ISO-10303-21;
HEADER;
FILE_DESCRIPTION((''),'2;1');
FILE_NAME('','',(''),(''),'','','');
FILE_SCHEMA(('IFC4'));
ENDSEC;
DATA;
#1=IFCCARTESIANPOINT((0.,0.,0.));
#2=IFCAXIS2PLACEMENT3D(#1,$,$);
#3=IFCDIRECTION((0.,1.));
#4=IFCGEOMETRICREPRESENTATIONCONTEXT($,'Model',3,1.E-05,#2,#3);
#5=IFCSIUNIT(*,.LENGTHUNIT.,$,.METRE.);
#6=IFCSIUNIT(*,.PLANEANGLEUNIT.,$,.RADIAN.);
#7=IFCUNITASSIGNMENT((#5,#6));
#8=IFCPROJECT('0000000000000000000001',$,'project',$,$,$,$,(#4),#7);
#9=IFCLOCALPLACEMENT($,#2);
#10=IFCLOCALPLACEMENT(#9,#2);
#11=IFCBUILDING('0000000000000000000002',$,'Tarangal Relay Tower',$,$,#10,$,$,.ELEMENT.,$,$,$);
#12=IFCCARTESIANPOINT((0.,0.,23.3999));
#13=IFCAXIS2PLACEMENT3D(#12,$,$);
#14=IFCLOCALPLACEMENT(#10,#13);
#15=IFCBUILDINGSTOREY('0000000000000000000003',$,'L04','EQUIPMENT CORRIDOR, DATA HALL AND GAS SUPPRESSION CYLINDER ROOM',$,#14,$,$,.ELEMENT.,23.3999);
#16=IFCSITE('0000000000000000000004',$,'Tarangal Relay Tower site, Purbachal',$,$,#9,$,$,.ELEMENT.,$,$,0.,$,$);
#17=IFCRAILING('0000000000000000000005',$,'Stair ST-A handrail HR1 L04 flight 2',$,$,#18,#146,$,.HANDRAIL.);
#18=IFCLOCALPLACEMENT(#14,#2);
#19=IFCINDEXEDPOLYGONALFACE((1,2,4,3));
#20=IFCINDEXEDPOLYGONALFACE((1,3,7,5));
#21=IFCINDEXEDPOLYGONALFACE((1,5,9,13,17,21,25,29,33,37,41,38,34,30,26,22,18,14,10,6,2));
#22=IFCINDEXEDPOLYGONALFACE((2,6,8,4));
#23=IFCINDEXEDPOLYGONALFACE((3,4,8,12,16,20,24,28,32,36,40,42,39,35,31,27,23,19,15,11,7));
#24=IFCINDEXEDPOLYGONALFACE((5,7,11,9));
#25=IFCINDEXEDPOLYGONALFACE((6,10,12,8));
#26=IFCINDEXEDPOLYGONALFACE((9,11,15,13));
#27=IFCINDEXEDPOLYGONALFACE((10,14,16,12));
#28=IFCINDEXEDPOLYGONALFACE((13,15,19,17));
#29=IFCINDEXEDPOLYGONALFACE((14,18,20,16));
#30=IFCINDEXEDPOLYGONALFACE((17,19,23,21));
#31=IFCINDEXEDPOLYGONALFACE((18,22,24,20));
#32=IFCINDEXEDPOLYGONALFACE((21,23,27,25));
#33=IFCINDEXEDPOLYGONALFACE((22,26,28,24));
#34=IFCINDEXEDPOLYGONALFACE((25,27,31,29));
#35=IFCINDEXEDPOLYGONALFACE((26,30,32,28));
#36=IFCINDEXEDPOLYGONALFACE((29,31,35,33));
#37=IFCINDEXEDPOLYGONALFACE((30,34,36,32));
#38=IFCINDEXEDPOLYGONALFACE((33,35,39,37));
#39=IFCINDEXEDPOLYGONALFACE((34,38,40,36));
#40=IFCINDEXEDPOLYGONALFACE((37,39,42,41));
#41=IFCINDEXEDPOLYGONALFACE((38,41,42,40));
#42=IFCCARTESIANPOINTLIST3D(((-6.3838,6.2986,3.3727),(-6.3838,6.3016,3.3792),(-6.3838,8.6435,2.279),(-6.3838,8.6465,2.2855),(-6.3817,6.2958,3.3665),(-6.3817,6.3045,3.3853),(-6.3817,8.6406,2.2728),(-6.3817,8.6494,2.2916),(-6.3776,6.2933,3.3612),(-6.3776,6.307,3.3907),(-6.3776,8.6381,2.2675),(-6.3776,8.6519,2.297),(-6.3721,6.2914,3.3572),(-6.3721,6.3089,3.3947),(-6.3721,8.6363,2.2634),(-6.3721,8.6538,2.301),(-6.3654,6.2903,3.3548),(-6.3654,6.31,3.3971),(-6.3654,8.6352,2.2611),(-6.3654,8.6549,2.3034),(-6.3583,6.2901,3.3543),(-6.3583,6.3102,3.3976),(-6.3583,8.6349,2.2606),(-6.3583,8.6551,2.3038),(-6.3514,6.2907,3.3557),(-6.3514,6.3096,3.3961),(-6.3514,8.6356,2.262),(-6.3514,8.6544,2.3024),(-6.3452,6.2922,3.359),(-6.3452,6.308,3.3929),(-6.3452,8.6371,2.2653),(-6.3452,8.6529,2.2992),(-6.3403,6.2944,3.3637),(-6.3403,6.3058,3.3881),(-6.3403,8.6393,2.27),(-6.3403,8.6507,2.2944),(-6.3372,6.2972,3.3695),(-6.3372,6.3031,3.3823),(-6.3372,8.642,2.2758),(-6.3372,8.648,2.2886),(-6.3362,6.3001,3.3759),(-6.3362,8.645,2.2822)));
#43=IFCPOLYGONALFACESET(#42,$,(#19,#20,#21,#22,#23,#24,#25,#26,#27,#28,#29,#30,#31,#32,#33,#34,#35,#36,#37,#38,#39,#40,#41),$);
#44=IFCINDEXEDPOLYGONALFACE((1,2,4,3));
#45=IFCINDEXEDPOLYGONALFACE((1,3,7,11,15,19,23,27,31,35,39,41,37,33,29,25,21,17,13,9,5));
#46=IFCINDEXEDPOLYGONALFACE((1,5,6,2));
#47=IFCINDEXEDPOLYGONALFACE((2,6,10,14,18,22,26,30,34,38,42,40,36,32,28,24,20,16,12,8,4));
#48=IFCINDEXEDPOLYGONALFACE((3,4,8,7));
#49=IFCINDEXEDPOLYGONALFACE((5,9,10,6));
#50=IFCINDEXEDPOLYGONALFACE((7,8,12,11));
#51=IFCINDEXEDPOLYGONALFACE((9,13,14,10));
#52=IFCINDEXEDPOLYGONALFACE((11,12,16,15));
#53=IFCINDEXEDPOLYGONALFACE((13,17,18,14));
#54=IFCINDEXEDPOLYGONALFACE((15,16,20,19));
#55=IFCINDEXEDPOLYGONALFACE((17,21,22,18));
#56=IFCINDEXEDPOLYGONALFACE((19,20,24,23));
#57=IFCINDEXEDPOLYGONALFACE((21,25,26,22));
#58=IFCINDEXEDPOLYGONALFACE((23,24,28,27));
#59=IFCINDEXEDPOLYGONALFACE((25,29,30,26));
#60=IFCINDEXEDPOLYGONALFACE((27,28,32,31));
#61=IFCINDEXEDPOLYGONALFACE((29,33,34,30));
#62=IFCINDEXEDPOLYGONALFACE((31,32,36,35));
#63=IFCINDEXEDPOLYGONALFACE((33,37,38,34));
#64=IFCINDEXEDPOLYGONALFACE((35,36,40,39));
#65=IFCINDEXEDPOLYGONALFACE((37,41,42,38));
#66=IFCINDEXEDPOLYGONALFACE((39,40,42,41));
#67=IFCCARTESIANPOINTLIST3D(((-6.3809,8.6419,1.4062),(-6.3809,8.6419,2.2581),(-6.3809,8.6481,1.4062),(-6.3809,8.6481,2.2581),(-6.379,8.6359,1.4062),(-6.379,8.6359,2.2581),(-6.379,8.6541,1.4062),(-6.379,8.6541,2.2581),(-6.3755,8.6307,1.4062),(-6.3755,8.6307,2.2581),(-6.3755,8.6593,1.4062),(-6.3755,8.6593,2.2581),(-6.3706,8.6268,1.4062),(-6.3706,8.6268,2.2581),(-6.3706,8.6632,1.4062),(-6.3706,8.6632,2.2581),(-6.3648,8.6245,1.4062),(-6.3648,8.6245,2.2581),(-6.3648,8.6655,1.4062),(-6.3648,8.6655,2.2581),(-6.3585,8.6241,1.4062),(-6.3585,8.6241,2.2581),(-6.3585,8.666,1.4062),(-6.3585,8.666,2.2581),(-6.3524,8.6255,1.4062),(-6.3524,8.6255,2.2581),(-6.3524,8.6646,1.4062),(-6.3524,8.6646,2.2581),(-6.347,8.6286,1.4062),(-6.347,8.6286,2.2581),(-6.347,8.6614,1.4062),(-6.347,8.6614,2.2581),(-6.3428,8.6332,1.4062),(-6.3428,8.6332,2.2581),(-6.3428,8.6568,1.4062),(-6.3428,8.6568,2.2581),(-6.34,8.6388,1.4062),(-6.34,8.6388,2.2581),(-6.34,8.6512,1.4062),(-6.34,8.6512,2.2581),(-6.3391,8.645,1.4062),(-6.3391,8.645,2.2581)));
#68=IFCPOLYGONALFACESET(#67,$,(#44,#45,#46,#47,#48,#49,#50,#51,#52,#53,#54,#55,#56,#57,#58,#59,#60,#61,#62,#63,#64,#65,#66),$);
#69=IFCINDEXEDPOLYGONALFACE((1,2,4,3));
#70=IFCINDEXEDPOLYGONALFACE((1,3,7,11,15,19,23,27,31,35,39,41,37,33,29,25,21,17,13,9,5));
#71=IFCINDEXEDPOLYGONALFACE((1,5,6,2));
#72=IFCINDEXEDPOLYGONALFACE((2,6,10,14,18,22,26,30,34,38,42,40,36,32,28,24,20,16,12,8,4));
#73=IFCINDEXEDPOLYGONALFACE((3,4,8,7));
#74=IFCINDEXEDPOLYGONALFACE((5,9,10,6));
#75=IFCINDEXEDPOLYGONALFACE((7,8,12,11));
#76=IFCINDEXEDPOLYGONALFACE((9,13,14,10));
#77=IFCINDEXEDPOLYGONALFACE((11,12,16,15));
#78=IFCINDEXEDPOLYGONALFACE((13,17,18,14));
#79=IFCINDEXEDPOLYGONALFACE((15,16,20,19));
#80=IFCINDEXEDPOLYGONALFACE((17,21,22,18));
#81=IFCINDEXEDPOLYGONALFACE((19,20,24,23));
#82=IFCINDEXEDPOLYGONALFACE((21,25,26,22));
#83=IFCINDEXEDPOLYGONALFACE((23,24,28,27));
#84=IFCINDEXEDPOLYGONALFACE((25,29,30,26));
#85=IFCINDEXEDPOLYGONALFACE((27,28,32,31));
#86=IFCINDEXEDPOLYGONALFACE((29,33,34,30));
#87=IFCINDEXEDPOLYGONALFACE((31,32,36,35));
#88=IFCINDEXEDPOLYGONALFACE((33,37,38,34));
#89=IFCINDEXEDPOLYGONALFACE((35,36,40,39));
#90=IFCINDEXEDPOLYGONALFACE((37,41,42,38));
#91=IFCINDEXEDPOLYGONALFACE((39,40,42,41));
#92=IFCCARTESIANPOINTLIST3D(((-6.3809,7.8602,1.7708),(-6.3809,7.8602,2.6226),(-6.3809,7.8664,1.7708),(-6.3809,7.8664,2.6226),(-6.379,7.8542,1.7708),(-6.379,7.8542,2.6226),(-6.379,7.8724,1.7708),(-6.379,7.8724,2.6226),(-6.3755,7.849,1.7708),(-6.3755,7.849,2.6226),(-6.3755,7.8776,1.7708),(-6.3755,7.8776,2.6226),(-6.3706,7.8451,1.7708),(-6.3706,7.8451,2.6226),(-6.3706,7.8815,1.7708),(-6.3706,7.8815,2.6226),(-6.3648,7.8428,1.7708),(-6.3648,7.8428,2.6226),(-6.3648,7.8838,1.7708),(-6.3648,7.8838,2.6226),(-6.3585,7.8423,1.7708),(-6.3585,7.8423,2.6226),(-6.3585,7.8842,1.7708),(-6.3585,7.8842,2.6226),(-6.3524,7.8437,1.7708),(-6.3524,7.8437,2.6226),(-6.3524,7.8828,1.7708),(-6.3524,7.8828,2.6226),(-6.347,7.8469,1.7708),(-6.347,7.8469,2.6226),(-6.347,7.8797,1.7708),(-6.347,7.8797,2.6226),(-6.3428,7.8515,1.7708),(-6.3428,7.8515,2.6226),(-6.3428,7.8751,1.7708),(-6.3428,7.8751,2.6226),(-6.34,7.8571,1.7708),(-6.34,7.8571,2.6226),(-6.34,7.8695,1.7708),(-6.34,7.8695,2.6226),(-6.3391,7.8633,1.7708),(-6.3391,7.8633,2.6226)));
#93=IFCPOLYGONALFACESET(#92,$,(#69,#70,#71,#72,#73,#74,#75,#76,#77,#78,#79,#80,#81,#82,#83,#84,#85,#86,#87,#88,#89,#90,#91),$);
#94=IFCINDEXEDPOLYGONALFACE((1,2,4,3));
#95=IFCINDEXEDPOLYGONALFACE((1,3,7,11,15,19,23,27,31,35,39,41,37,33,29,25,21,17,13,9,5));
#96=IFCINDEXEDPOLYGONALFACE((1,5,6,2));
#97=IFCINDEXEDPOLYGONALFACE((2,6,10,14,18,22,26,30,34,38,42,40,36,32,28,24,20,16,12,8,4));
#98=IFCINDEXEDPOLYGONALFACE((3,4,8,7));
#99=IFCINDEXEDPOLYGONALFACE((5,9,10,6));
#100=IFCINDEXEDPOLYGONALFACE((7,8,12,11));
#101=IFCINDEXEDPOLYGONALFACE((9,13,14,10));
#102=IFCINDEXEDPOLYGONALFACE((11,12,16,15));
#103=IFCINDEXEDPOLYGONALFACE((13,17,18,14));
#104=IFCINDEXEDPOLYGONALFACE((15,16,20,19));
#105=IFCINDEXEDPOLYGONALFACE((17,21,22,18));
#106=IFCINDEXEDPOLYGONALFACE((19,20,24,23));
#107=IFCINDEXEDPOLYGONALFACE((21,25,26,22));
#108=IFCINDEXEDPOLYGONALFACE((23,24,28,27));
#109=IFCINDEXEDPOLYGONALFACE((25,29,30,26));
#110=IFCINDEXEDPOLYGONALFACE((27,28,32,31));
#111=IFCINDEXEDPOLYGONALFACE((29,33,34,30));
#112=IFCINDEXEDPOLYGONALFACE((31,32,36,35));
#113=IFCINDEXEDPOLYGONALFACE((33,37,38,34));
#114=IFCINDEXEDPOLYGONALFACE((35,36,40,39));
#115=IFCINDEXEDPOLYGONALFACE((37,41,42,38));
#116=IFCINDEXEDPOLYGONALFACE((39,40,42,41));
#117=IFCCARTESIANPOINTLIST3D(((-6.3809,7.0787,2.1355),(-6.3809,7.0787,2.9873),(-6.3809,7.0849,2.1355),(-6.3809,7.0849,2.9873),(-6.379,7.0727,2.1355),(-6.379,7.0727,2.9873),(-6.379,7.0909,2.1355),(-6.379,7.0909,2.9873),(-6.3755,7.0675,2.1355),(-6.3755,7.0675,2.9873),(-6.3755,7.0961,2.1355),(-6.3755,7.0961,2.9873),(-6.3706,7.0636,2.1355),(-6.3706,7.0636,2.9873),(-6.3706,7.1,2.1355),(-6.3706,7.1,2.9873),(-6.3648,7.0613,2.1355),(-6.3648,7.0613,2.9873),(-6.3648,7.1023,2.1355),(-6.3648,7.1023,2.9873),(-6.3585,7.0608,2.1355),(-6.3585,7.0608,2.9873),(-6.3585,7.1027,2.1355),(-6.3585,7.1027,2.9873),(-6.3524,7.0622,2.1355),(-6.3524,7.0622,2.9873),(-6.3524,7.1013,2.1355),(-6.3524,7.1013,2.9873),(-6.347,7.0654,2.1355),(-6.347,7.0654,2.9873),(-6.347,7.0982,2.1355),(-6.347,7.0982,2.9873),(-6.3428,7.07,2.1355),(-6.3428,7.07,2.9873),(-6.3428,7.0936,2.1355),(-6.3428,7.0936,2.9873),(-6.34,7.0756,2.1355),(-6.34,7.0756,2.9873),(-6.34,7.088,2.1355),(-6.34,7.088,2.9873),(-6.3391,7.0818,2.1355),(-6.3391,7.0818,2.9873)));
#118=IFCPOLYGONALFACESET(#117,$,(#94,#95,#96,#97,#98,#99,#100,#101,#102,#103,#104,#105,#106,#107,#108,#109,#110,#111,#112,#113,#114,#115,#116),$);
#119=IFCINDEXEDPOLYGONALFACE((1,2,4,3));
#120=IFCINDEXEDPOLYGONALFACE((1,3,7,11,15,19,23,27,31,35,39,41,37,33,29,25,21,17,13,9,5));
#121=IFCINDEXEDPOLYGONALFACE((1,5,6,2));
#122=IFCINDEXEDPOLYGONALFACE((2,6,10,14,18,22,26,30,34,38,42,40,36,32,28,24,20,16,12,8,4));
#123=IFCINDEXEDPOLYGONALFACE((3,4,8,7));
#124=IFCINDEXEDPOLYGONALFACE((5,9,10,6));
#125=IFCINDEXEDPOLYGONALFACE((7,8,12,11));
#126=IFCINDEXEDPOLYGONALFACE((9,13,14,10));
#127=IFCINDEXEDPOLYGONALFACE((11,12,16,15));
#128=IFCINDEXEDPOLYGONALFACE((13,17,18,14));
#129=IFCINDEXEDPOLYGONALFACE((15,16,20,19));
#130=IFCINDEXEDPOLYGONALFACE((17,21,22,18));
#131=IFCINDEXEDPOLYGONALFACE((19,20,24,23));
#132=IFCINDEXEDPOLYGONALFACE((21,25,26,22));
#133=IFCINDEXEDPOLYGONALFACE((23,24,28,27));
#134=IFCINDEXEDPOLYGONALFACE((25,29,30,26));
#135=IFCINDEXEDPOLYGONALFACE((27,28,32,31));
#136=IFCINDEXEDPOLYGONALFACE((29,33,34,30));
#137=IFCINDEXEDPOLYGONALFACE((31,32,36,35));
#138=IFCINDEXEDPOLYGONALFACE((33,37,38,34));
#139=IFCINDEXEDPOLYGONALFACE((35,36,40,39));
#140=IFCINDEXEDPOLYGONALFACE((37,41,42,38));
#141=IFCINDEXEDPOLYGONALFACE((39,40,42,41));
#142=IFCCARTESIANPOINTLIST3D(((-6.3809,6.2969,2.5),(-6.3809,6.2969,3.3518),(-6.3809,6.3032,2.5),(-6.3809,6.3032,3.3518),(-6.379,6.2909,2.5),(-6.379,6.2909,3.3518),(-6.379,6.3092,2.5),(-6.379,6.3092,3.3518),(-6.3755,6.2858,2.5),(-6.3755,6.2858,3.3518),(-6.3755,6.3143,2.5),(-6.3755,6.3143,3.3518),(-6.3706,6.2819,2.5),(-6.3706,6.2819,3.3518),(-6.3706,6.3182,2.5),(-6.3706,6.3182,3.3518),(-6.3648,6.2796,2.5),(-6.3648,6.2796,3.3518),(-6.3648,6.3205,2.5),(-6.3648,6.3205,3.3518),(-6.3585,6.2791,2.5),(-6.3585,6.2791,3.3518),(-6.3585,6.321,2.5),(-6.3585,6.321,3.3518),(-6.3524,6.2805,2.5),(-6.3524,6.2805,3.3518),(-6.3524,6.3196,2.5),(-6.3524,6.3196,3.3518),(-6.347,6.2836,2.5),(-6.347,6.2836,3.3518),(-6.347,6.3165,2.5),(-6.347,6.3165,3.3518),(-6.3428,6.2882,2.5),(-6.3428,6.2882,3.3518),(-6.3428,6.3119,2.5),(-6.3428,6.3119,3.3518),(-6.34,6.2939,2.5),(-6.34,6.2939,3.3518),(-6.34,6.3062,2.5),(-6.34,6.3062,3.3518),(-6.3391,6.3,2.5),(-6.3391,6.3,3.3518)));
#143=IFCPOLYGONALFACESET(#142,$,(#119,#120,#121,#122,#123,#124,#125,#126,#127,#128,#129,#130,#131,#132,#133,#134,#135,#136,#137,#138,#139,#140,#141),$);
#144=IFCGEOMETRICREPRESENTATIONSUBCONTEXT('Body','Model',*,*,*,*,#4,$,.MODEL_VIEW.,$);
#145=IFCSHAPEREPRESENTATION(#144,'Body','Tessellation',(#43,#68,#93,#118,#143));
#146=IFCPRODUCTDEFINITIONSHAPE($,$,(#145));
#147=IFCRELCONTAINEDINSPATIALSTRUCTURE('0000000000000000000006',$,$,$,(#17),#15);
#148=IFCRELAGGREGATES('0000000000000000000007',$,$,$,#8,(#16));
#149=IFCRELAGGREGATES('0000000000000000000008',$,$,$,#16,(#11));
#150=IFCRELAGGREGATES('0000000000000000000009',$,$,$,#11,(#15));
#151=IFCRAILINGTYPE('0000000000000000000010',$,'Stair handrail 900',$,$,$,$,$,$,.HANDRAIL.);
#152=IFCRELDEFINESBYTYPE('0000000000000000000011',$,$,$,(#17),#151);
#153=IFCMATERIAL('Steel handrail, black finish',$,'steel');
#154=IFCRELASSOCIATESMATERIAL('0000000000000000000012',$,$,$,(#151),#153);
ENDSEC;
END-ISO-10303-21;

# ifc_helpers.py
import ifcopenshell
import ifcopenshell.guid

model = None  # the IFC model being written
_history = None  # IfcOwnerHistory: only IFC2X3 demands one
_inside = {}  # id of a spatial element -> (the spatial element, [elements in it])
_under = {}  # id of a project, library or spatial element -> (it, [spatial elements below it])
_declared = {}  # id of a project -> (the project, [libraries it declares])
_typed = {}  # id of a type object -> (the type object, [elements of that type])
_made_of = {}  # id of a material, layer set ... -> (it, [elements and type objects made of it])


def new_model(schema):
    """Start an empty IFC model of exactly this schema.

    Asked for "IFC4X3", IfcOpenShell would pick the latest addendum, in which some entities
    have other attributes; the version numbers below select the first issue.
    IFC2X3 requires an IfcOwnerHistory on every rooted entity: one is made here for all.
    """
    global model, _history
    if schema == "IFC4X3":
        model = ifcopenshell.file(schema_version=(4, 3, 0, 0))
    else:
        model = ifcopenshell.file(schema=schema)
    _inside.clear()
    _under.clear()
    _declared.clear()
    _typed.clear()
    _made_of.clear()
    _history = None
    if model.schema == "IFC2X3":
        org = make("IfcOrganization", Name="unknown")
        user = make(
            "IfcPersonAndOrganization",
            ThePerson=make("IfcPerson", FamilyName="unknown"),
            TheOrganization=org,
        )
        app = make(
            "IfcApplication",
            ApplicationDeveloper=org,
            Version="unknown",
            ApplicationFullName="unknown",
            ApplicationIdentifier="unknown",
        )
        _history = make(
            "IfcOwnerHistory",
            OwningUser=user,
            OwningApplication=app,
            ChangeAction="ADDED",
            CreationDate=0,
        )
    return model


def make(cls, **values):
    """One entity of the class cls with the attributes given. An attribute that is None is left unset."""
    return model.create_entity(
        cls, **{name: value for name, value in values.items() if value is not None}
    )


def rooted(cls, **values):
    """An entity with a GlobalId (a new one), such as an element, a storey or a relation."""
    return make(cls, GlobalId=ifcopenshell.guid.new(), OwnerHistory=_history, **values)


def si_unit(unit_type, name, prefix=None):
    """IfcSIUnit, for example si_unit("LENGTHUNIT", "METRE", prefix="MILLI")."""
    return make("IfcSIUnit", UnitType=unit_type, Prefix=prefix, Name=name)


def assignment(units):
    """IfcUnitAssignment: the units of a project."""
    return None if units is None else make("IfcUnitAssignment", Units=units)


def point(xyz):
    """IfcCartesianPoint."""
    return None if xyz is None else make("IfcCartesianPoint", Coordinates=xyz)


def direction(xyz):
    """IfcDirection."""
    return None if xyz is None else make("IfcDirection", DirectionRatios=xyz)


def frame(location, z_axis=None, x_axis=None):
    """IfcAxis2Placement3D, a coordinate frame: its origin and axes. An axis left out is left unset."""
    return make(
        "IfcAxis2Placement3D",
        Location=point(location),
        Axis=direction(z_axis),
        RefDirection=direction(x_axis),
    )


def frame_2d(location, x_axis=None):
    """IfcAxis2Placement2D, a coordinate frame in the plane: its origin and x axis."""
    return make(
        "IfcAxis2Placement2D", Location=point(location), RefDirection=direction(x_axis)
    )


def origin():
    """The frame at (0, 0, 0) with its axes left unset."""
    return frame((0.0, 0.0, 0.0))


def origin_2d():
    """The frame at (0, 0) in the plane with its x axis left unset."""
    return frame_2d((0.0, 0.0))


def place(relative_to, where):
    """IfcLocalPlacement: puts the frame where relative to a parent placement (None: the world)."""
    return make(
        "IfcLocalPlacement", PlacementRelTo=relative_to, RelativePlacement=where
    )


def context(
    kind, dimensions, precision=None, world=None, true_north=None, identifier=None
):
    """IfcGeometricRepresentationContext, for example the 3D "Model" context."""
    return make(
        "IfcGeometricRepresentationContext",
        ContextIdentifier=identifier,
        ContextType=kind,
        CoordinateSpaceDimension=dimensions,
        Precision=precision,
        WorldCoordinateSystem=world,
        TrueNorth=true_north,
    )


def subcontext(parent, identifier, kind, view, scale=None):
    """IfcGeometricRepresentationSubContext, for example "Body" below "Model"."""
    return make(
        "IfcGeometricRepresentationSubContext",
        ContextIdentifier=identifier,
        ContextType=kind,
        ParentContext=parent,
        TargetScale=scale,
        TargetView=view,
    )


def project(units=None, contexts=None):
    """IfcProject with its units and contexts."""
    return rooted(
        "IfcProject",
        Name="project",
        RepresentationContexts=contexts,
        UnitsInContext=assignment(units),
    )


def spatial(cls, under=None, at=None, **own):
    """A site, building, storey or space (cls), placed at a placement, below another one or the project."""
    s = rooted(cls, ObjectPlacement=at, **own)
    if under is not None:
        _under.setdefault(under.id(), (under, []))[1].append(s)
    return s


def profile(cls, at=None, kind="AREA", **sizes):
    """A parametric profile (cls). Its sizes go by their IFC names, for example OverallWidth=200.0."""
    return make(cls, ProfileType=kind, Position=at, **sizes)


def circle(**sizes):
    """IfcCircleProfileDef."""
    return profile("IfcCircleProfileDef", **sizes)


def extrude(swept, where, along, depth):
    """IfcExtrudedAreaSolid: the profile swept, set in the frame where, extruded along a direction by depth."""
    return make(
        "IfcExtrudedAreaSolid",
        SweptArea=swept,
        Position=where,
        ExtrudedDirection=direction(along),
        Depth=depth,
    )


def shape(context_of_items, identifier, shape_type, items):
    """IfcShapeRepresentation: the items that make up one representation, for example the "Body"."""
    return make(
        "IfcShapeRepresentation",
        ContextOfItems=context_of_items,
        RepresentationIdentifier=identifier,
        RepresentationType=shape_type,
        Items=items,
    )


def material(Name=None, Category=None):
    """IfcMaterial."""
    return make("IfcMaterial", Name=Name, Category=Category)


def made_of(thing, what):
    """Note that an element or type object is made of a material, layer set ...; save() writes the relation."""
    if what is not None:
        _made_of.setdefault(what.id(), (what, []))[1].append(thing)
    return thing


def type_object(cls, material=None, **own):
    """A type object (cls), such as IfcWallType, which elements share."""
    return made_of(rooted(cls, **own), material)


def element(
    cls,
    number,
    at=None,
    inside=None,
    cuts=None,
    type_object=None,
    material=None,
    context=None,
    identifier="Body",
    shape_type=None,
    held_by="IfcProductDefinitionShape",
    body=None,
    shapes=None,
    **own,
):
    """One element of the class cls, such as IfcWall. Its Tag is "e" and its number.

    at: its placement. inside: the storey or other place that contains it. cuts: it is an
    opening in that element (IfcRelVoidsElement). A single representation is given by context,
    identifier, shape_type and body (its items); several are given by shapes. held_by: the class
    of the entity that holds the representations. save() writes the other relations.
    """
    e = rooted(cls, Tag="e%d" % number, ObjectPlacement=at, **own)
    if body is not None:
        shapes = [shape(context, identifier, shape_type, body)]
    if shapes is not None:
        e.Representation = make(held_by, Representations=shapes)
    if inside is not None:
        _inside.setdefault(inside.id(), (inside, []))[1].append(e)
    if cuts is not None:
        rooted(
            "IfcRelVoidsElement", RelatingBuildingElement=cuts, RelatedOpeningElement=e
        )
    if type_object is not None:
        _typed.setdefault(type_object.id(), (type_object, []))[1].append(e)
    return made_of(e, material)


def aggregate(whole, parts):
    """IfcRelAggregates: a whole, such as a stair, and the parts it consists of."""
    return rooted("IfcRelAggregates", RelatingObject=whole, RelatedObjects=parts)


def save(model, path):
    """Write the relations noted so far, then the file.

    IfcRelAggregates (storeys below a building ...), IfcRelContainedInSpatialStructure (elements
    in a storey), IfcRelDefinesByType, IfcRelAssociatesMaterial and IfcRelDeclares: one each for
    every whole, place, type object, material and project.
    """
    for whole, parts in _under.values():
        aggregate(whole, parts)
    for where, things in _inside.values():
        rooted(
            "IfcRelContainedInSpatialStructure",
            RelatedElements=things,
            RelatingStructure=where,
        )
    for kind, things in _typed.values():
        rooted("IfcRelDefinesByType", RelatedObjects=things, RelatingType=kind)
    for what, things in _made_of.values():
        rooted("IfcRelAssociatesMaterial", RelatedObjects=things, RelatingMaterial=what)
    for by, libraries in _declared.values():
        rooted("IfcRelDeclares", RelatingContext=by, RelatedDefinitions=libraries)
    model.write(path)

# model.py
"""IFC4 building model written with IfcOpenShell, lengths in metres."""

from ifc_helpers import new_model, si_unit, direction, frame, origin, origin_2d, place, context, subcontext, project, spatial, circle, extrude, material, type_object, element, save


model = new_model("IFC4")

# Units and contexts
model_context = context("Model", 3, precision=1e-05, world=origin(), true_north=direction((0.0, 1.0)))
body_context = subcontext(model_context, "Body", "Model", "MODEL_VIEW")
ifc_project = project(units=[si_unit("LENGTHUNIT", "METRE"), si_unit("PLANEANGLEUNIT", "RADIAN")], contexts=[model_context])

# Site, building, storey
site_placement = place(None, origin())
site = spatial("IfcSite", under=ifc_project, at=site_placement, Name="Tarangal Relay Tower site, Purbachal", CompositionType="ELEMENT", RefElevation=0.0)
building_placement = place(site_placement, origin())
building = spatial("IfcBuilding", under=site, at=building_placement, Name="Tarangal Relay Tower", CompositionType="ELEMENT")
storey_placement = place(building_placement, frame((0.0, 0.0, 23.3999)))
storey = spatial("IfcBuildingStorey", under=building, at=storey_placement, Name="L04", Description="EQUIPMENT CORRIDOR, DATA HALL AND GAS SUPPRESSION CYLINDER ROOM", CompositionType="ELEMENT", Elevation=23.3999)

# Railing
ifc_material_1 = material(Name="Steel handrail, black finish", Category="steel")
railing_type_1 = type_object("IfcRailingType", Name="Stair handrail 900", PredefinedType="HANDRAIL", material=ifc_material_1)
for number, where, name in (
    (1, (-6.3601, 8.645, 1.4062), "Stair ST-A handrail HR1 L04 flight 2"),
):
    element("IfcRailing", number, at=place(storey_placement, frame(where)), inside=storey, type_object=railing_type_1, Name=name, PredefinedType="HANDRAIL", context=body_context, shape_type="SweptSolid", body=[
        extrude(circle(Radius=0.0239, at=origin_2d()), frame((0.0, 0.0, 0.876), z_axis=(0.0, -0.906267, 0.422705), x_axis=(1.0, 0.0, 0.0)), (0.0, 0.0, 1.0), 2.5874),
        extrude(circle(Radius=0.021, at=origin_2d()), origin(), (0.0, 0.0, 1.0), 0.8518),
        extrude(circle(Radius=0.021, at=origin_2d()), frame((0.0, -0.7817, 0.3645)), (0.0, 0.0, 1.0), 0.8518),
        extrude(circle(Radius=0.021, at=origin_2d()), frame((0.0, -1.5632, 0.7292)), (0.0, 0.0, 1.0), 0.8518),
        extrude(circle(Radius=0.021, at=origin_2d()), frame((0.0, -2.345, 1.0938)), (0.0, 0.0, 1.0), 0.8518),
    ])

save(model, "model.ifc")
